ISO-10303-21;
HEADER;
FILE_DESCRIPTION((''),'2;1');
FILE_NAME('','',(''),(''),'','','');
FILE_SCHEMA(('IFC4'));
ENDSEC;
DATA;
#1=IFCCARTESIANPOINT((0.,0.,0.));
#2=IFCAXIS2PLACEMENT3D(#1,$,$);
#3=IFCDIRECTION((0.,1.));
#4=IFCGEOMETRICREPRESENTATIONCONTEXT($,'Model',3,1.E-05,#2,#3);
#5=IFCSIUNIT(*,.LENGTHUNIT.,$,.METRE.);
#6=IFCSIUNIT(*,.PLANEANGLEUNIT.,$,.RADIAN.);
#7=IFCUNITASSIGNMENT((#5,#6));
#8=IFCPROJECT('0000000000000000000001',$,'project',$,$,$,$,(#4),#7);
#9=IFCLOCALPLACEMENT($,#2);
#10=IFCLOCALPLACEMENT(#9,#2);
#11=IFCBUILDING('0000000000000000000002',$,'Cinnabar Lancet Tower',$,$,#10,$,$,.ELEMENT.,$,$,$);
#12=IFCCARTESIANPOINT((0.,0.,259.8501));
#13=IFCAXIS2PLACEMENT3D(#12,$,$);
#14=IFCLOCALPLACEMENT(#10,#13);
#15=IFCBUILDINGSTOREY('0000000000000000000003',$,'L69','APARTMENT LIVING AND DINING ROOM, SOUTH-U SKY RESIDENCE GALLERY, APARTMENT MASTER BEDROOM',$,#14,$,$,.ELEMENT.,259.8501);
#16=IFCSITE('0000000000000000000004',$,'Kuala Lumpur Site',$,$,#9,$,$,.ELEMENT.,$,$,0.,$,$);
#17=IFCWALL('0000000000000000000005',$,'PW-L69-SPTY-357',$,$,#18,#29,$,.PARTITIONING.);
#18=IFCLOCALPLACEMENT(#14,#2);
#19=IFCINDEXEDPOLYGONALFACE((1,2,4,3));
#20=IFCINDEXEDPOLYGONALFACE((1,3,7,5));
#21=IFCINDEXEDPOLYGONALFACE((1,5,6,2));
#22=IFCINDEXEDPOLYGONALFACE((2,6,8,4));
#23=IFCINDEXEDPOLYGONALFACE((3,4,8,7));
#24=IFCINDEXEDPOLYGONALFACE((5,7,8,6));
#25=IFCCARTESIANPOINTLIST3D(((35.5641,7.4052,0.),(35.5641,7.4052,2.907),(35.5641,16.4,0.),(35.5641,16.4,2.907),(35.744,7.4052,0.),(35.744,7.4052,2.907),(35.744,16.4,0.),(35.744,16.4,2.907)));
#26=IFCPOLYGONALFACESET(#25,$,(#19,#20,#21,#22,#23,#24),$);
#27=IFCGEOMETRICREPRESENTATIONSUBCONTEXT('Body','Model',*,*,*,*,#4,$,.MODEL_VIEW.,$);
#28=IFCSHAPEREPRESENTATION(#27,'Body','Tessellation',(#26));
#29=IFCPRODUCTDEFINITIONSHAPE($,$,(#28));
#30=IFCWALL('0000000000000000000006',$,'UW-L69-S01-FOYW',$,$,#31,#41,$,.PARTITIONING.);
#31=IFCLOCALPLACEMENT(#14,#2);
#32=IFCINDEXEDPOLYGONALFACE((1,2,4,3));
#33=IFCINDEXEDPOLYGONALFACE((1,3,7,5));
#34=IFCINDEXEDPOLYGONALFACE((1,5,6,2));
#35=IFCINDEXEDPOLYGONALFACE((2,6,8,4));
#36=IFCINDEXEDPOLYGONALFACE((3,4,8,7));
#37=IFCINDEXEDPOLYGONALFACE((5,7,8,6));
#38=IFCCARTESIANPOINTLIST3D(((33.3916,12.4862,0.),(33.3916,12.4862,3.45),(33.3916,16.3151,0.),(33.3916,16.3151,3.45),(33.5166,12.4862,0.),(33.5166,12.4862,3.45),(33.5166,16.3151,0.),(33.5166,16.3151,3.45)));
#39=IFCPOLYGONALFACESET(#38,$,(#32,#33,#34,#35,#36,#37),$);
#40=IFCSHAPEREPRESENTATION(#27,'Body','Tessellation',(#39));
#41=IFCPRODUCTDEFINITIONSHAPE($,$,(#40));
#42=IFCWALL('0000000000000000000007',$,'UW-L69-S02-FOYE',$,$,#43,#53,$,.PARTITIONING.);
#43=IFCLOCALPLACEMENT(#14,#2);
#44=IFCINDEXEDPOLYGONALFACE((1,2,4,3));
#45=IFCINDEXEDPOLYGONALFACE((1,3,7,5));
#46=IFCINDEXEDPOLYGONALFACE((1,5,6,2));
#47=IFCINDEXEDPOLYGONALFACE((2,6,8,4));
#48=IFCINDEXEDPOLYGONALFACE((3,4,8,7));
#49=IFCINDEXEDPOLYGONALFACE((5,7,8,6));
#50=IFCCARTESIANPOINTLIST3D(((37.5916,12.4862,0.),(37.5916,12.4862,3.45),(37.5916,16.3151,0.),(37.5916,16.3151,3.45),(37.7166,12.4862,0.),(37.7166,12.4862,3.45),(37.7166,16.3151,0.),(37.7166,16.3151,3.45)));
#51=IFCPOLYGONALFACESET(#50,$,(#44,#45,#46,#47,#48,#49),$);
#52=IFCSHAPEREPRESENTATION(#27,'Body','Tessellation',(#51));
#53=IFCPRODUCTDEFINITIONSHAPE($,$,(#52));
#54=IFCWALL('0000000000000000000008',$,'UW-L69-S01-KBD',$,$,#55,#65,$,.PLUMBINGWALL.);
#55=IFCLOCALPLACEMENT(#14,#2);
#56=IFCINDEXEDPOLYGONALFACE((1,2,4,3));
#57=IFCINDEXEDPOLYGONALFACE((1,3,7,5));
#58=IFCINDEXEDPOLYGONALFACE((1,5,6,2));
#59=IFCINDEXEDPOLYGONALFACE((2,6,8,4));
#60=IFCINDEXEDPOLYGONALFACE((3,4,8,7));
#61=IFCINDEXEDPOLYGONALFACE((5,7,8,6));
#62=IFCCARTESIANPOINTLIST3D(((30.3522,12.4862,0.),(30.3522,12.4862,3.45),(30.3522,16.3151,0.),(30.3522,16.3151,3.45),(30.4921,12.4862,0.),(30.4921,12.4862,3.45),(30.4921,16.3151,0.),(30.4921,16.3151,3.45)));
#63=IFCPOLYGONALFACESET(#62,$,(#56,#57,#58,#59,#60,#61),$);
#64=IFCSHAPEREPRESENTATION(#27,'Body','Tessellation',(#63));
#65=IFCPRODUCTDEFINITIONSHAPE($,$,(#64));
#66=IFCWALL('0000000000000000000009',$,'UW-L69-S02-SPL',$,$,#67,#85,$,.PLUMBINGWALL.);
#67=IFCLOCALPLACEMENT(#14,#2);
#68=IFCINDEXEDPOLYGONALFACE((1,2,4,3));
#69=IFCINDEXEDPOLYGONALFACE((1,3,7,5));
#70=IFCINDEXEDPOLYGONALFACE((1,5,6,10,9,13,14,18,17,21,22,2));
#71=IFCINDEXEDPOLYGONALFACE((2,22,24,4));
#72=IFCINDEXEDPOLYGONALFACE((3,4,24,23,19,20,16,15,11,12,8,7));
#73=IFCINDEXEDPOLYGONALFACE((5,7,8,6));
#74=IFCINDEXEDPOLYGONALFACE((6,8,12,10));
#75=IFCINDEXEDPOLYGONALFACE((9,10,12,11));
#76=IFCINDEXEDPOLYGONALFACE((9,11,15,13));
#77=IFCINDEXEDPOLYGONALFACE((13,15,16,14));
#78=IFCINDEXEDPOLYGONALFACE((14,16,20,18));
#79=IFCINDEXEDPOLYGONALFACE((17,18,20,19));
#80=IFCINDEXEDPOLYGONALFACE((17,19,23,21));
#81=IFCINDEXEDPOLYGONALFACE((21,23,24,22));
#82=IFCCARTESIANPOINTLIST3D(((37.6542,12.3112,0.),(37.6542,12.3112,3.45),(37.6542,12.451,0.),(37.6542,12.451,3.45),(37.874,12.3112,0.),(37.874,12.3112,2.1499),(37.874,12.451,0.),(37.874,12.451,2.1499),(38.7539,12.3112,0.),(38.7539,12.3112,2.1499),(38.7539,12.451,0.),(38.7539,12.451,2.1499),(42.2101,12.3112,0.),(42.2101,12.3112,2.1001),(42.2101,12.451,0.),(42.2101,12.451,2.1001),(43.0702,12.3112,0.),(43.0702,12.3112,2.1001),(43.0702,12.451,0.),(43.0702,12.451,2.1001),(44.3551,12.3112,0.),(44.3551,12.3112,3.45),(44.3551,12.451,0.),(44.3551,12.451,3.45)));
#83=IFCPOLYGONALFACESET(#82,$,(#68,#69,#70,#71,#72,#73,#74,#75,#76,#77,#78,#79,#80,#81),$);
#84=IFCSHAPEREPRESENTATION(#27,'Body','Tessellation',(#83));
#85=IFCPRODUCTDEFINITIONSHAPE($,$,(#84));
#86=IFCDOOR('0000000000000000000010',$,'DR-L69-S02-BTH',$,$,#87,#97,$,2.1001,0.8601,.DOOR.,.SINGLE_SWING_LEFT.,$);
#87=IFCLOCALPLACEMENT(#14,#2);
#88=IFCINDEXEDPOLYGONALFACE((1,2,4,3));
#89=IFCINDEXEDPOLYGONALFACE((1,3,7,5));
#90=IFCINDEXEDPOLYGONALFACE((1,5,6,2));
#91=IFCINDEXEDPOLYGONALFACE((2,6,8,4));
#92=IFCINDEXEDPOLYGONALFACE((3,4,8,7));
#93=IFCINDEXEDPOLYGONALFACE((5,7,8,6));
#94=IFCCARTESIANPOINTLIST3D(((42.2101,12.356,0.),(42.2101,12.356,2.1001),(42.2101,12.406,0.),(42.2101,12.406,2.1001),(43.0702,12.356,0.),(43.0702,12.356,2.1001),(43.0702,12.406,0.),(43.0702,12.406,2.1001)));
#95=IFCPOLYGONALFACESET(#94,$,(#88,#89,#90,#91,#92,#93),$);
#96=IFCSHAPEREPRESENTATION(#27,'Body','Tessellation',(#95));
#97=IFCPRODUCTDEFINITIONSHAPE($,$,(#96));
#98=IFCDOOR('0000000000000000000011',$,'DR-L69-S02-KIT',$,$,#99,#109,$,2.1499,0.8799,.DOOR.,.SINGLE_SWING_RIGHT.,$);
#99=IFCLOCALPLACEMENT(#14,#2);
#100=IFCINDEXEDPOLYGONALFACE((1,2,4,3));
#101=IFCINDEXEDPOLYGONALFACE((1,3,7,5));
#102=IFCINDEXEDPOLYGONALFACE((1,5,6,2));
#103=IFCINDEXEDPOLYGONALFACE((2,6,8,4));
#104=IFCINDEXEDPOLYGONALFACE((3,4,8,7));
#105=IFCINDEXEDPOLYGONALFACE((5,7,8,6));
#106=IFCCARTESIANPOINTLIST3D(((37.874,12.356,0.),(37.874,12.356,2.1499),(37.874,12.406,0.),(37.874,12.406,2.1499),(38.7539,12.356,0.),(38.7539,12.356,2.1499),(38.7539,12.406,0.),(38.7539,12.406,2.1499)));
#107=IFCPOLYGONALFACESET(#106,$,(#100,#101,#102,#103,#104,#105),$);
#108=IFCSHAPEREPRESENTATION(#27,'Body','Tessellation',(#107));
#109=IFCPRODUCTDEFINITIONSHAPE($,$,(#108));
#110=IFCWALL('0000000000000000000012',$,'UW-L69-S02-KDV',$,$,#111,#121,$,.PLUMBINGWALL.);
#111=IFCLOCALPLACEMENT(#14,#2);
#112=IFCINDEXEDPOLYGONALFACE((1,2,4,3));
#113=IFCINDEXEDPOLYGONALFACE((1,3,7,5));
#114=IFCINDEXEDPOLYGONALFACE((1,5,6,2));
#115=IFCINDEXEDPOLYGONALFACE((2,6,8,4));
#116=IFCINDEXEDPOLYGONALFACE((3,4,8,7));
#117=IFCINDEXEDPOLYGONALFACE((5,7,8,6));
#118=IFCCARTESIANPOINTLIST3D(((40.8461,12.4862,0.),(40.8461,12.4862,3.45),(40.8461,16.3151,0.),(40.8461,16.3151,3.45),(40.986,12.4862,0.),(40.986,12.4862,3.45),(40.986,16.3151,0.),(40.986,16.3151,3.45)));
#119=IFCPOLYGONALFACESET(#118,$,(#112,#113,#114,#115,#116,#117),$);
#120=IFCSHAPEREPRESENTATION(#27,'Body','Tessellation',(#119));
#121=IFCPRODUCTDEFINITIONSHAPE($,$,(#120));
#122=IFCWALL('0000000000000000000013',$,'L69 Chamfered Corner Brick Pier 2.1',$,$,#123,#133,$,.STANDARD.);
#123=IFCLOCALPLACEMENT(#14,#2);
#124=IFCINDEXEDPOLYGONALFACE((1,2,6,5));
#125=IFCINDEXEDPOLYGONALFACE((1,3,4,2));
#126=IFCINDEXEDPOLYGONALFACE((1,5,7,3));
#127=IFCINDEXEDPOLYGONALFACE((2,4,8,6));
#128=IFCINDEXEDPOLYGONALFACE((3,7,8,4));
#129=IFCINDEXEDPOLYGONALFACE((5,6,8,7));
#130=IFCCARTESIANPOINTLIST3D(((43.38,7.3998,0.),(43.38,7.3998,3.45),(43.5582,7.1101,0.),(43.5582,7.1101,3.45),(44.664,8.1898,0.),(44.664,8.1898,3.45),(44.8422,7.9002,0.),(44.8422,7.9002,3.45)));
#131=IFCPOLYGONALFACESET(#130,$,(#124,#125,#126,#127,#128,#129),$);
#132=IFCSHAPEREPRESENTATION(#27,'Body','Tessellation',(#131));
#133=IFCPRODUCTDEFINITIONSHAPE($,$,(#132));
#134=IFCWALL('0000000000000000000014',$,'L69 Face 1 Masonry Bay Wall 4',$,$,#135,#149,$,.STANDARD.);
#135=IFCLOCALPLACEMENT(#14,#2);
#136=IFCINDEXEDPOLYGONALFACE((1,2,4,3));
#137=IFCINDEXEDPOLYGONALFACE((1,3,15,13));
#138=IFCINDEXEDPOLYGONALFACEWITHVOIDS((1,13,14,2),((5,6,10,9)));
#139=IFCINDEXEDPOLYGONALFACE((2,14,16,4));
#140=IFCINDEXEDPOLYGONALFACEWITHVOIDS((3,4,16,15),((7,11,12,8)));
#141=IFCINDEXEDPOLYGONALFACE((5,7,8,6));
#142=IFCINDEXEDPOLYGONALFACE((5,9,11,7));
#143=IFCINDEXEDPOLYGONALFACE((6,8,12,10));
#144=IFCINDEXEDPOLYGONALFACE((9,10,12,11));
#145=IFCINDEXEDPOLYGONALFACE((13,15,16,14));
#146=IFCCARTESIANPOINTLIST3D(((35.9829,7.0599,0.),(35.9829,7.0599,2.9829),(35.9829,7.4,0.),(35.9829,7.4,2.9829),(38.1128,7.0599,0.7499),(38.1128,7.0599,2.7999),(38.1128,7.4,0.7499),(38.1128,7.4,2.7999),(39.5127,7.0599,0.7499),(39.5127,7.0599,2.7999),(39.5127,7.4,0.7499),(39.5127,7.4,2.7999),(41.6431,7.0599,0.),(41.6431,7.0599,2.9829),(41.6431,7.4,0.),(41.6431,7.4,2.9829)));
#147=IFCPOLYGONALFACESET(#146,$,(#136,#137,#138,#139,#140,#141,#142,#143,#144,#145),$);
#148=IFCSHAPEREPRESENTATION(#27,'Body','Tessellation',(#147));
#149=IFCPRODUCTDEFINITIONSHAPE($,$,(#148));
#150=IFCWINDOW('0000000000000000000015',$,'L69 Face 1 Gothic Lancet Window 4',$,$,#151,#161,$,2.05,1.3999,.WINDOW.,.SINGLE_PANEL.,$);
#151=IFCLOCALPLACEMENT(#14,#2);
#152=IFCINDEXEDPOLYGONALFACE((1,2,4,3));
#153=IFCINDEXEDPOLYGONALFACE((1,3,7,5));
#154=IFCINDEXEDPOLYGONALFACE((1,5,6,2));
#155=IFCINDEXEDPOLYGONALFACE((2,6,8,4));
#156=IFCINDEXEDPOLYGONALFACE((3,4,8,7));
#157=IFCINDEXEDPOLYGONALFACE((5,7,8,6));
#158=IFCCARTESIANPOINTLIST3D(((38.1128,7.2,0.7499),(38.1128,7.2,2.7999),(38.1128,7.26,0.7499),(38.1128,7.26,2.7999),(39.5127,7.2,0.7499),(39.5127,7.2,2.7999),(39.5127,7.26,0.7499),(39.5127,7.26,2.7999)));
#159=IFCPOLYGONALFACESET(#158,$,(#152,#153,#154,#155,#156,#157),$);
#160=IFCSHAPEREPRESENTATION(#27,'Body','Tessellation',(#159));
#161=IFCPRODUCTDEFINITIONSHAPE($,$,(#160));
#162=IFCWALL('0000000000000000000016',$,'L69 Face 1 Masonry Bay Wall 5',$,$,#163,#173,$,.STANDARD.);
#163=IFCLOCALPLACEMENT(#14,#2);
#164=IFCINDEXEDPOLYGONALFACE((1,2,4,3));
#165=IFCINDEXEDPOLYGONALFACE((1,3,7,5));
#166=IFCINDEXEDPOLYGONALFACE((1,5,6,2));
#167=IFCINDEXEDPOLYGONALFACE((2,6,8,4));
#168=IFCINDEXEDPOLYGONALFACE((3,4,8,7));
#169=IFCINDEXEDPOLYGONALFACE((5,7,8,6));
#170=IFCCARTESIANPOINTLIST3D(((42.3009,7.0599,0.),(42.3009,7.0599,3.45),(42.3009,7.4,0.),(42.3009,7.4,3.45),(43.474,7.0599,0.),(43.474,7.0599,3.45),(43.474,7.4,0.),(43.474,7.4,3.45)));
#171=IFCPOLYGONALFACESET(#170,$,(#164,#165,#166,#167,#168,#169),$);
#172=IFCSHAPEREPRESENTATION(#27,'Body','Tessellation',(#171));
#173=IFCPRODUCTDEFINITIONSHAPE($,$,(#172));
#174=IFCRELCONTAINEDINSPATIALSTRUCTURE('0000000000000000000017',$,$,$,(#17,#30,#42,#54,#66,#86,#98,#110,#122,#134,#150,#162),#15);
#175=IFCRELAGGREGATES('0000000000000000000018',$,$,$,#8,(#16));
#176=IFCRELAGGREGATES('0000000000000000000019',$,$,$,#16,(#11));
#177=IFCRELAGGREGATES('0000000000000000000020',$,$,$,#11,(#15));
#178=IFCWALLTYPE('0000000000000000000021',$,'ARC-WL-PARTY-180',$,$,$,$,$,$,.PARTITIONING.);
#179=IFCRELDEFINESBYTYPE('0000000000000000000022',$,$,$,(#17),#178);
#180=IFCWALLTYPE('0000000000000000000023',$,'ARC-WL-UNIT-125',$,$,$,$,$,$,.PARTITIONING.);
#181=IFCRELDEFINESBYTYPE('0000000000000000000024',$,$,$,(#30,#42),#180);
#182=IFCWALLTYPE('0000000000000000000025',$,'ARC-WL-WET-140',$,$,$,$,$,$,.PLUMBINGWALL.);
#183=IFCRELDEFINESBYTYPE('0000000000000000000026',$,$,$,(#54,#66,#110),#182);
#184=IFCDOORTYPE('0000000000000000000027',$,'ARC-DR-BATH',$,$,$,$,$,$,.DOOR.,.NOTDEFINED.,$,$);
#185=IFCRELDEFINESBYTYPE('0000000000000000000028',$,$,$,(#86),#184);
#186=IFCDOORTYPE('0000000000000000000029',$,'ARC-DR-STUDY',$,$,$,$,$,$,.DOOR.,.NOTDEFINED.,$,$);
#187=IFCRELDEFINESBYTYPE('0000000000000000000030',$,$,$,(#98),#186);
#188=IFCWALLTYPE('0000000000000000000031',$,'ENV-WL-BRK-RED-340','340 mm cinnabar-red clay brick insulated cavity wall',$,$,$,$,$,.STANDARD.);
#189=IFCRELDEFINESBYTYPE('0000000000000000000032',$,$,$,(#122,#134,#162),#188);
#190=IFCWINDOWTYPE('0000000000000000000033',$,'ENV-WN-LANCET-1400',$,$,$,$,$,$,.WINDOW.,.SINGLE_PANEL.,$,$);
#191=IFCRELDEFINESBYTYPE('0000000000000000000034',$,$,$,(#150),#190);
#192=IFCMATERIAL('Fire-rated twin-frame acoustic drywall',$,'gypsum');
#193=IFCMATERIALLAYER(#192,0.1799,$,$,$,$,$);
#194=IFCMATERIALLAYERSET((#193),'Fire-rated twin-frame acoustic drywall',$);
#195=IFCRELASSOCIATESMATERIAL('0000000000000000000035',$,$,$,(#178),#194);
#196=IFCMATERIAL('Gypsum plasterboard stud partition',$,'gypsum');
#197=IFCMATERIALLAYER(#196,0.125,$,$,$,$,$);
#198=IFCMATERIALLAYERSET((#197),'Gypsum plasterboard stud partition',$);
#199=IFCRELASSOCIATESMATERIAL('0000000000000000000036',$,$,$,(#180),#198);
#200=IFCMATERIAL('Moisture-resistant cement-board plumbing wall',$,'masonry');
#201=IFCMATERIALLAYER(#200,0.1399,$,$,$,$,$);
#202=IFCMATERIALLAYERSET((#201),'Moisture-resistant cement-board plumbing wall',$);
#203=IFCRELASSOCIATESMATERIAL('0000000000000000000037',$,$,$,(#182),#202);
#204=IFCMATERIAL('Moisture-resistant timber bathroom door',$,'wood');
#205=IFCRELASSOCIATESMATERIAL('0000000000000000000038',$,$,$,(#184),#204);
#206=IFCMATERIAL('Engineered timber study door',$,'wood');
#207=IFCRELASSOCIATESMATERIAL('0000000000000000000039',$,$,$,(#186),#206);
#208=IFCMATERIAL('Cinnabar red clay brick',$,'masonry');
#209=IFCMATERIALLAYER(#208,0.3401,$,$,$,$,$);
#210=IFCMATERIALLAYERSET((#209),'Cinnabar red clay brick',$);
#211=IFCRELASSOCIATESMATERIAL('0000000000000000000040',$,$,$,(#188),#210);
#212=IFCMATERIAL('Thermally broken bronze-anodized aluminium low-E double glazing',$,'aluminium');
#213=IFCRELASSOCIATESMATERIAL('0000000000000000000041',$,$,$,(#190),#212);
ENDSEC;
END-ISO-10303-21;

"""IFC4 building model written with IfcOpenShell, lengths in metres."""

from ifc_helpers import new_model, si_unit, direction, frame, frame_2d, origin, place, context, subcontext, project, spatial, rectangle, extrude, material, layer, layer_set, type_object, element, fill, save


model = new_model("IFC4")

# Units and contexts
model_context = context("Model", 3, precision=1e-05, world=origin(), true_north=direction((0.0, 1.0)))
body_context = subcontext(model_context, "Body", "Model", "MODEL_VIEW")
ifc_project = project(units=[si_unit("LENGTHUNIT", "METRE"), si_unit("PLANEANGLEUNIT", "RADIAN")], contexts=[model_context])

# Site, building, storey
site_placement = place(None, origin())
site = spatial("IfcSite", under=ifc_project, at=site_placement, Name="Kuala Lumpur Site", CompositionType="ELEMENT", RefElevation=0.0)
building_placement = place(site_placement, origin())
building = spatial("IfcBuilding", under=site, at=building_placement, Name="Cinnabar Lancet Tower", CompositionType="ELEMENT")
storey_placement = place(building_placement, frame((0.0, 0.0, 259.8501)))
storey = spatial("IfcBuildingStorey", under=building, at=storey_placement, Name="L69", Description="APARTMENT LIVING AND DINING ROOM, SOUTH-U SKY RESIDENCE GALLERY, APARTMENT MASTER BEDROOM", CompositionType="ELEMENT", Elevation=259.8501)

# Walls
ifc_material_1 = material(Name="Fire-rated twin-frame acoustic drywall", Category="gypsum")
ifc_layer_1 = layer(ifc_material_1, 0.1799)
ifc_layer_set_1 = layer_set([ifc_layer_1], Name="Fire-rated twin-frame acoustic drywall")
wall_type_1 = type_object("IfcWallType", Name="ARC-WL-PARTY-180", PredefinedType="PARTITIONING", material=ifc_layer_set_1)
wall_1_placement = place(storey_placement, frame((35.6541, 7.405, 0.0), z_axis=(0.0, 0.0, 1.0), x_axis=(0.0, 1.0, 0.0)))
element("IfcWall", 1, at=wall_1_placement, inside=storey, type_object=wall_type_1, Name="PW-L69-SPTY-357", PredefinedType="PARTITIONING", context=body_context, shape_type="SweptSolid", body=[
    extrude(rectangle(XDim=8.9949, YDim=0.1799, at=frame_2d((4.4976, 0.0))), origin(), (0.0, 0.0, 1.0), 2.907),
])
ifc_material_2 = material(Name="Gypsum plasterboard stud partition", Category="gypsum")
ifc_layer_2 = layer(ifc_material_2, 0.125)
ifc_layer_set_2 = layer_set([ifc_layer_2], Name="Gypsum plasterboard stud partition")
wall_type_2 = type_object("IfcWallType", Name="ARC-WL-UNIT-125", PredefinedType="PARTITIONING", material=ifc_layer_set_2)
for number, where, z_axis, x_axis, name in (
    (2, (33.4541, 12.4861, 0.0), (0.0, 0.0, 1.0), (0.0, 1.0, 0.0), "UW-L69-S01-FOYW"),
    (3, (37.6541, 12.4861, 0.0), (0.0, 0.0, 1.0), (0.0, 1.0, 0.0), "UW-L69-S02-FOYE"),
):
    element("IfcWall", number, at=place(storey_placement, frame(where, z_axis=z_axis, x_axis=x_axis)), inside=storey, type_object=wall_type_2, Name=name, PredefinedType="PARTITIONING", context=body_context, shape_type="SweptSolid", body=[
        extrude(rectangle(XDim=3.8289, YDim=0.125, at=frame_2d((1.9146, 0.0))), origin(), (0.0, 0.0, 1.0), 3.45),
    ])
ifc_material_3 = material(Name="Moisture-resistant cement-board plumbing wall", Category="masonry")
ifc_layer_3 = layer(ifc_material_3, 0.1399)
ifc_layer_set_3 = layer_set([ifc_layer_3], Name="Moisture-resistant cement-board plumbing wall")
wall_type_3 = type_object("IfcWallType", Name="ARC-WL-WET-140", PredefinedType="PLUMBINGWALL", material=ifc_layer_set_3)
wall_2_placement = place(storey_placement, frame((30.4221, 12.4861, 0.0), z_axis=(0.0, 0.0, 1.0), x_axis=(0.0, 1.0, 0.0)))
element("IfcWall", 4, at=wall_2_placement, inside=storey, type_object=wall_type_3, Name="UW-L69-S01-KBD", PredefinedType="PLUMBINGWALL", context=body_context, shape_type="SweptSolid", body=[
    extrude(rectangle(XDim=3.8289, YDim=0.1399, at=frame_2d((1.9146, 0.0))), origin(), (0.0, 0.0, 1.0), 3.45),
])

# Wall, openings, doors
wall_3_placement = place(storey_placement, frame((37.6541, 12.3811, 0.0), z_axis=(0.0, 0.0, 1.0), x_axis=(1.0, 0.0, 0.0)))
wall_3 = element("IfcWall", 5, at=wall_3_placement, inside=storey, type_object=wall_type_3, Name="UW-L69-S02-SPL", PredefinedType="PLUMBINGWALL", context=body_context, shape_type="SweptSolid", body=[
    extrude(rectangle(XDim=6.7009, YDim=0.1399, at=frame_2d((3.3506, 0.0))), origin(), (0.0, 0.0, 1.0), 3.45),
])
opening_1_placement = place(wall_3_placement, frame((4.5559, 0.0, 0.0)))
opening_1 = element("IfcOpeningElement", 6, at=opening_1_placement, cuts=wall_3, PredefinedType="OPENING", context=body_context, shape_type="SweptSolid", body=[
    extrude(rectangle(XDim=0.8601, YDim=2.1001, at=frame_2d((0.4302, 1.05))), frame((0.0, 0.0798, 0.0), z_axis=(0.0, -1.0, 0.0), x_axis=(1.0, 0.0, 0.0)), (0.0, 0.0, 1.0), 0.1599),
])
opening_2_placement = place(wall_3_placement, frame((0.22, 0.0, 0.0)))
opening_2 = element("IfcOpeningElement", 7, at=opening_2_placement, cuts=wall_3, PredefinedType="OPENING", context=body_context, shape_type="SweptSolid", body=[
    extrude(rectangle(XDim=0.8799, YDim=2.1499, at=frame_2d((0.4399, 1.075))), frame((0.0, 0.0798, 0.0), z_axis=(0.0, -1.0, 0.0), x_axis=(1.0, 0.0, 0.0)), (0.0, 0.0, 1.0), 0.1599),
])
ifc_material_4 = material(Name="Moisture-resistant timber bathroom door", Category="wood")
door_type_1 = type_object("IfcDoorType", Name="ARC-DR-BATH", OperationType="NOTDEFINED", PredefinedType="DOOR", material=ifc_material_4)
door_1_placement = place(opening_1_placement, origin())
door_1 = element("IfcDoor", 8, at=door_1_placement, inside=storey, type_object=door_type_1, Name="DR-L69-S02-BTH", OperationType="SINGLE_SWING_LEFT", OverallHeight=2.1001, OverallWidth=0.8601, PredefinedType="DOOR", context=body_context, shape_type="SweptSolid", body=[
    extrude(rectangle(XDim=0.8601, YDim=2.1001, at=frame_2d((0.4302, 1.05))), frame((0.0, 0.0249, 0.0), z_axis=(0.0, -1.0, 0.0), x_axis=(1.0, 0.0, 0.0)), (0.0, 0.0, 1.0), 0.05),
])
fill(opening_1, door_1)
ifc_material_5 = material(Name="Engineered timber study door", Category="wood")
door_type_2 = type_object("IfcDoorType", Name="ARC-DR-STUDY", OperationType="NOTDEFINED", PredefinedType="DOOR", material=ifc_material_5)
door_2_placement = place(opening_2_placement, origin())
door_2 = element("IfcDoor", 9, at=door_2_placement, inside=storey, type_object=door_type_2, Name="DR-L69-S02-KIT", OperationType="SINGLE_SWING_RIGHT", OverallHeight=2.1499, OverallWidth=0.8799, PredefinedType="DOOR", context=body_context, shape_type="SweptSolid", body=[
    extrude(rectangle(XDim=0.8799, YDim=2.1499, at=frame_2d((0.4399, 1.075))), frame((0.0, 0.0249, 0.0), z_axis=(0.0, -1.0, 0.0), x_axis=(1.0, 0.0, 0.0)), (0.0, 0.0, 1.0), 0.05),
])
fill(opening_2, door_2)

# Walls
wall_4_placement = place(storey_placement, frame((40.916, 12.4861, 0.0), z_axis=(0.0, 0.0, 1.0), x_axis=(0.0, 1.0, 0.0)))
element("IfcWall", 10, at=wall_4_placement, inside=storey, type_object=wall_type_3, Name="UW-L69-S02-KDV", PredefinedType="PLUMBINGWALL", context=body_context, shape_type="SweptSolid", body=[
    extrude(rectangle(XDim=3.8289, YDim=0.1399, at=frame_2d((1.9146, 0.0))), origin(), (0.0, 0.0, 1.0), 3.45),
])
ifc_material_6 = material(Name="Cinnabar red clay brick", Category="masonry")
ifc_layer_4 = layer(ifc_material_6, 0.3401)
ifc_layer_set_4 = layer_set([ifc_layer_4], Name="Cinnabar red clay brick")
wall_type_4 = type_object("IfcWallType", Name="ENV-WL-BRK-RED-340", Description="340 mm cinnabar-red clay brick insulated cavity wall", PredefinedType="STANDARD", material=ifc_layer_set_4)
wall_5_placement = place(storey_placement, frame((43.469, 7.2549, 0.0), z_axis=(0.0, 0.0, 1.0), x_axis=(0.851681, 0.524061, 0.0)))
element("IfcWall", 11, at=wall_5_placement, inside=storey, type_object=wall_type_4, Name="L69 Chamfered Corner Brick Pier 2.1", PredefinedType="STANDARD", context=body_context, shape_type="SweptSolid", body=[
    extrude(rectangle(XDim=1.5076, YDim=0.3401, at=frame_2d((0.7539, 0.0))), origin(), (0.0, 0.0, 1.0), 3.45),
])

# Wall, opening, window
wall_6_placement = place(storey_placement, frame((35.9829, 7.23, 0.0), z_axis=(0.0, 0.0, 1.0), x_axis=(1.0, 0.0, 0.0)))
wall_6 = element("IfcWall", 12, at=wall_6_placement, inside=storey, type_object=wall_type_4, Name="L69 Face 1 Masonry Bay Wall 4", PredefinedType="STANDARD", context=body_context, shape_type="SweptSolid", body=[
    extrude(rectangle(XDim=5.6602, YDim=0.3401, at=frame_2d((2.8301, 0.0))), origin(), (0.0, 0.0, 1.0), 2.9829),
])
opening_3_placement = place(wall_6_placement, frame((2.1299, 0.0, 0.75)))
opening_3 = element("IfcOpeningElement", 13, at=opening_3_placement, cuts=wall_6, PredefinedType="OPENING", context=body_context, shape_type="SweptSolid", body=[
    extrude(rectangle(XDim=1.3999, YDim=2.05, at=frame_2d((0.7, 1.0249))), frame((0.0, 0.1799, 0.0), z_axis=(0.0, -1.0, 0.0), x_axis=(1.0, 0.0, 0.0)), (0.0, 0.0, 1.0), 0.3601),
])
ifc_material_7 = material(Name="Thermally broken bronze-anodized aluminium low-E double glazing", Category="aluminium")
window_type = type_object("IfcWindowType", Name="ENV-WN-LANCET-1400", PartitioningType="SINGLE_PANEL", PredefinedType="WINDOW", material=ifc_material_7)
window_placement = place(opening_3_placement, origin())
window = element("IfcWindow", 14, at=window_placement, inside=storey, type_object=window_type, Name="L69 Face 1 Gothic Lancet Window 4", OverallHeight=2.05, OverallWidth=1.3999, PartitioningType="SINGLE_PANEL", PredefinedType="WINDOW", context=body_context, shape_type="SweptSolid", body=[
    extrude(rectangle(XDim=1.3999, YDim=2.05, at=frame_2d((0.7, 1.0249))), frame((0.0, 0.03, 0.0), z_axis=(0.0, -1.0, 0.0), x_axis=(1.0, 0.0, 0.0)), (0.0, 0.0, 1.0), 0.0601),
])
fill(opening_3, window)

# Wall
wall_7_placement = place(storey_placement, frame((42.301, 7.23, 0.0), z_axis=(0.0, 0.0, 1.0), x_axis=(1.0, 0.0, 0.0)))
element("IfcWall", 15, at=wall_7_placement, inside=storey, type_object=wall_type_4, Name="L69 Face 1 Masonry Bay Wall 5", PredefinedType="STANDARD", context=body_context, shape_type="SweptSolid", body=[
    extrude(rectangle(XDim=1.1731, YDim=0.3401, at=frame_2d((0.5864, 0.0))), origin(), (0.0, 0.0, 1.0), 3.45),
])

save(model, "model.ifc")
